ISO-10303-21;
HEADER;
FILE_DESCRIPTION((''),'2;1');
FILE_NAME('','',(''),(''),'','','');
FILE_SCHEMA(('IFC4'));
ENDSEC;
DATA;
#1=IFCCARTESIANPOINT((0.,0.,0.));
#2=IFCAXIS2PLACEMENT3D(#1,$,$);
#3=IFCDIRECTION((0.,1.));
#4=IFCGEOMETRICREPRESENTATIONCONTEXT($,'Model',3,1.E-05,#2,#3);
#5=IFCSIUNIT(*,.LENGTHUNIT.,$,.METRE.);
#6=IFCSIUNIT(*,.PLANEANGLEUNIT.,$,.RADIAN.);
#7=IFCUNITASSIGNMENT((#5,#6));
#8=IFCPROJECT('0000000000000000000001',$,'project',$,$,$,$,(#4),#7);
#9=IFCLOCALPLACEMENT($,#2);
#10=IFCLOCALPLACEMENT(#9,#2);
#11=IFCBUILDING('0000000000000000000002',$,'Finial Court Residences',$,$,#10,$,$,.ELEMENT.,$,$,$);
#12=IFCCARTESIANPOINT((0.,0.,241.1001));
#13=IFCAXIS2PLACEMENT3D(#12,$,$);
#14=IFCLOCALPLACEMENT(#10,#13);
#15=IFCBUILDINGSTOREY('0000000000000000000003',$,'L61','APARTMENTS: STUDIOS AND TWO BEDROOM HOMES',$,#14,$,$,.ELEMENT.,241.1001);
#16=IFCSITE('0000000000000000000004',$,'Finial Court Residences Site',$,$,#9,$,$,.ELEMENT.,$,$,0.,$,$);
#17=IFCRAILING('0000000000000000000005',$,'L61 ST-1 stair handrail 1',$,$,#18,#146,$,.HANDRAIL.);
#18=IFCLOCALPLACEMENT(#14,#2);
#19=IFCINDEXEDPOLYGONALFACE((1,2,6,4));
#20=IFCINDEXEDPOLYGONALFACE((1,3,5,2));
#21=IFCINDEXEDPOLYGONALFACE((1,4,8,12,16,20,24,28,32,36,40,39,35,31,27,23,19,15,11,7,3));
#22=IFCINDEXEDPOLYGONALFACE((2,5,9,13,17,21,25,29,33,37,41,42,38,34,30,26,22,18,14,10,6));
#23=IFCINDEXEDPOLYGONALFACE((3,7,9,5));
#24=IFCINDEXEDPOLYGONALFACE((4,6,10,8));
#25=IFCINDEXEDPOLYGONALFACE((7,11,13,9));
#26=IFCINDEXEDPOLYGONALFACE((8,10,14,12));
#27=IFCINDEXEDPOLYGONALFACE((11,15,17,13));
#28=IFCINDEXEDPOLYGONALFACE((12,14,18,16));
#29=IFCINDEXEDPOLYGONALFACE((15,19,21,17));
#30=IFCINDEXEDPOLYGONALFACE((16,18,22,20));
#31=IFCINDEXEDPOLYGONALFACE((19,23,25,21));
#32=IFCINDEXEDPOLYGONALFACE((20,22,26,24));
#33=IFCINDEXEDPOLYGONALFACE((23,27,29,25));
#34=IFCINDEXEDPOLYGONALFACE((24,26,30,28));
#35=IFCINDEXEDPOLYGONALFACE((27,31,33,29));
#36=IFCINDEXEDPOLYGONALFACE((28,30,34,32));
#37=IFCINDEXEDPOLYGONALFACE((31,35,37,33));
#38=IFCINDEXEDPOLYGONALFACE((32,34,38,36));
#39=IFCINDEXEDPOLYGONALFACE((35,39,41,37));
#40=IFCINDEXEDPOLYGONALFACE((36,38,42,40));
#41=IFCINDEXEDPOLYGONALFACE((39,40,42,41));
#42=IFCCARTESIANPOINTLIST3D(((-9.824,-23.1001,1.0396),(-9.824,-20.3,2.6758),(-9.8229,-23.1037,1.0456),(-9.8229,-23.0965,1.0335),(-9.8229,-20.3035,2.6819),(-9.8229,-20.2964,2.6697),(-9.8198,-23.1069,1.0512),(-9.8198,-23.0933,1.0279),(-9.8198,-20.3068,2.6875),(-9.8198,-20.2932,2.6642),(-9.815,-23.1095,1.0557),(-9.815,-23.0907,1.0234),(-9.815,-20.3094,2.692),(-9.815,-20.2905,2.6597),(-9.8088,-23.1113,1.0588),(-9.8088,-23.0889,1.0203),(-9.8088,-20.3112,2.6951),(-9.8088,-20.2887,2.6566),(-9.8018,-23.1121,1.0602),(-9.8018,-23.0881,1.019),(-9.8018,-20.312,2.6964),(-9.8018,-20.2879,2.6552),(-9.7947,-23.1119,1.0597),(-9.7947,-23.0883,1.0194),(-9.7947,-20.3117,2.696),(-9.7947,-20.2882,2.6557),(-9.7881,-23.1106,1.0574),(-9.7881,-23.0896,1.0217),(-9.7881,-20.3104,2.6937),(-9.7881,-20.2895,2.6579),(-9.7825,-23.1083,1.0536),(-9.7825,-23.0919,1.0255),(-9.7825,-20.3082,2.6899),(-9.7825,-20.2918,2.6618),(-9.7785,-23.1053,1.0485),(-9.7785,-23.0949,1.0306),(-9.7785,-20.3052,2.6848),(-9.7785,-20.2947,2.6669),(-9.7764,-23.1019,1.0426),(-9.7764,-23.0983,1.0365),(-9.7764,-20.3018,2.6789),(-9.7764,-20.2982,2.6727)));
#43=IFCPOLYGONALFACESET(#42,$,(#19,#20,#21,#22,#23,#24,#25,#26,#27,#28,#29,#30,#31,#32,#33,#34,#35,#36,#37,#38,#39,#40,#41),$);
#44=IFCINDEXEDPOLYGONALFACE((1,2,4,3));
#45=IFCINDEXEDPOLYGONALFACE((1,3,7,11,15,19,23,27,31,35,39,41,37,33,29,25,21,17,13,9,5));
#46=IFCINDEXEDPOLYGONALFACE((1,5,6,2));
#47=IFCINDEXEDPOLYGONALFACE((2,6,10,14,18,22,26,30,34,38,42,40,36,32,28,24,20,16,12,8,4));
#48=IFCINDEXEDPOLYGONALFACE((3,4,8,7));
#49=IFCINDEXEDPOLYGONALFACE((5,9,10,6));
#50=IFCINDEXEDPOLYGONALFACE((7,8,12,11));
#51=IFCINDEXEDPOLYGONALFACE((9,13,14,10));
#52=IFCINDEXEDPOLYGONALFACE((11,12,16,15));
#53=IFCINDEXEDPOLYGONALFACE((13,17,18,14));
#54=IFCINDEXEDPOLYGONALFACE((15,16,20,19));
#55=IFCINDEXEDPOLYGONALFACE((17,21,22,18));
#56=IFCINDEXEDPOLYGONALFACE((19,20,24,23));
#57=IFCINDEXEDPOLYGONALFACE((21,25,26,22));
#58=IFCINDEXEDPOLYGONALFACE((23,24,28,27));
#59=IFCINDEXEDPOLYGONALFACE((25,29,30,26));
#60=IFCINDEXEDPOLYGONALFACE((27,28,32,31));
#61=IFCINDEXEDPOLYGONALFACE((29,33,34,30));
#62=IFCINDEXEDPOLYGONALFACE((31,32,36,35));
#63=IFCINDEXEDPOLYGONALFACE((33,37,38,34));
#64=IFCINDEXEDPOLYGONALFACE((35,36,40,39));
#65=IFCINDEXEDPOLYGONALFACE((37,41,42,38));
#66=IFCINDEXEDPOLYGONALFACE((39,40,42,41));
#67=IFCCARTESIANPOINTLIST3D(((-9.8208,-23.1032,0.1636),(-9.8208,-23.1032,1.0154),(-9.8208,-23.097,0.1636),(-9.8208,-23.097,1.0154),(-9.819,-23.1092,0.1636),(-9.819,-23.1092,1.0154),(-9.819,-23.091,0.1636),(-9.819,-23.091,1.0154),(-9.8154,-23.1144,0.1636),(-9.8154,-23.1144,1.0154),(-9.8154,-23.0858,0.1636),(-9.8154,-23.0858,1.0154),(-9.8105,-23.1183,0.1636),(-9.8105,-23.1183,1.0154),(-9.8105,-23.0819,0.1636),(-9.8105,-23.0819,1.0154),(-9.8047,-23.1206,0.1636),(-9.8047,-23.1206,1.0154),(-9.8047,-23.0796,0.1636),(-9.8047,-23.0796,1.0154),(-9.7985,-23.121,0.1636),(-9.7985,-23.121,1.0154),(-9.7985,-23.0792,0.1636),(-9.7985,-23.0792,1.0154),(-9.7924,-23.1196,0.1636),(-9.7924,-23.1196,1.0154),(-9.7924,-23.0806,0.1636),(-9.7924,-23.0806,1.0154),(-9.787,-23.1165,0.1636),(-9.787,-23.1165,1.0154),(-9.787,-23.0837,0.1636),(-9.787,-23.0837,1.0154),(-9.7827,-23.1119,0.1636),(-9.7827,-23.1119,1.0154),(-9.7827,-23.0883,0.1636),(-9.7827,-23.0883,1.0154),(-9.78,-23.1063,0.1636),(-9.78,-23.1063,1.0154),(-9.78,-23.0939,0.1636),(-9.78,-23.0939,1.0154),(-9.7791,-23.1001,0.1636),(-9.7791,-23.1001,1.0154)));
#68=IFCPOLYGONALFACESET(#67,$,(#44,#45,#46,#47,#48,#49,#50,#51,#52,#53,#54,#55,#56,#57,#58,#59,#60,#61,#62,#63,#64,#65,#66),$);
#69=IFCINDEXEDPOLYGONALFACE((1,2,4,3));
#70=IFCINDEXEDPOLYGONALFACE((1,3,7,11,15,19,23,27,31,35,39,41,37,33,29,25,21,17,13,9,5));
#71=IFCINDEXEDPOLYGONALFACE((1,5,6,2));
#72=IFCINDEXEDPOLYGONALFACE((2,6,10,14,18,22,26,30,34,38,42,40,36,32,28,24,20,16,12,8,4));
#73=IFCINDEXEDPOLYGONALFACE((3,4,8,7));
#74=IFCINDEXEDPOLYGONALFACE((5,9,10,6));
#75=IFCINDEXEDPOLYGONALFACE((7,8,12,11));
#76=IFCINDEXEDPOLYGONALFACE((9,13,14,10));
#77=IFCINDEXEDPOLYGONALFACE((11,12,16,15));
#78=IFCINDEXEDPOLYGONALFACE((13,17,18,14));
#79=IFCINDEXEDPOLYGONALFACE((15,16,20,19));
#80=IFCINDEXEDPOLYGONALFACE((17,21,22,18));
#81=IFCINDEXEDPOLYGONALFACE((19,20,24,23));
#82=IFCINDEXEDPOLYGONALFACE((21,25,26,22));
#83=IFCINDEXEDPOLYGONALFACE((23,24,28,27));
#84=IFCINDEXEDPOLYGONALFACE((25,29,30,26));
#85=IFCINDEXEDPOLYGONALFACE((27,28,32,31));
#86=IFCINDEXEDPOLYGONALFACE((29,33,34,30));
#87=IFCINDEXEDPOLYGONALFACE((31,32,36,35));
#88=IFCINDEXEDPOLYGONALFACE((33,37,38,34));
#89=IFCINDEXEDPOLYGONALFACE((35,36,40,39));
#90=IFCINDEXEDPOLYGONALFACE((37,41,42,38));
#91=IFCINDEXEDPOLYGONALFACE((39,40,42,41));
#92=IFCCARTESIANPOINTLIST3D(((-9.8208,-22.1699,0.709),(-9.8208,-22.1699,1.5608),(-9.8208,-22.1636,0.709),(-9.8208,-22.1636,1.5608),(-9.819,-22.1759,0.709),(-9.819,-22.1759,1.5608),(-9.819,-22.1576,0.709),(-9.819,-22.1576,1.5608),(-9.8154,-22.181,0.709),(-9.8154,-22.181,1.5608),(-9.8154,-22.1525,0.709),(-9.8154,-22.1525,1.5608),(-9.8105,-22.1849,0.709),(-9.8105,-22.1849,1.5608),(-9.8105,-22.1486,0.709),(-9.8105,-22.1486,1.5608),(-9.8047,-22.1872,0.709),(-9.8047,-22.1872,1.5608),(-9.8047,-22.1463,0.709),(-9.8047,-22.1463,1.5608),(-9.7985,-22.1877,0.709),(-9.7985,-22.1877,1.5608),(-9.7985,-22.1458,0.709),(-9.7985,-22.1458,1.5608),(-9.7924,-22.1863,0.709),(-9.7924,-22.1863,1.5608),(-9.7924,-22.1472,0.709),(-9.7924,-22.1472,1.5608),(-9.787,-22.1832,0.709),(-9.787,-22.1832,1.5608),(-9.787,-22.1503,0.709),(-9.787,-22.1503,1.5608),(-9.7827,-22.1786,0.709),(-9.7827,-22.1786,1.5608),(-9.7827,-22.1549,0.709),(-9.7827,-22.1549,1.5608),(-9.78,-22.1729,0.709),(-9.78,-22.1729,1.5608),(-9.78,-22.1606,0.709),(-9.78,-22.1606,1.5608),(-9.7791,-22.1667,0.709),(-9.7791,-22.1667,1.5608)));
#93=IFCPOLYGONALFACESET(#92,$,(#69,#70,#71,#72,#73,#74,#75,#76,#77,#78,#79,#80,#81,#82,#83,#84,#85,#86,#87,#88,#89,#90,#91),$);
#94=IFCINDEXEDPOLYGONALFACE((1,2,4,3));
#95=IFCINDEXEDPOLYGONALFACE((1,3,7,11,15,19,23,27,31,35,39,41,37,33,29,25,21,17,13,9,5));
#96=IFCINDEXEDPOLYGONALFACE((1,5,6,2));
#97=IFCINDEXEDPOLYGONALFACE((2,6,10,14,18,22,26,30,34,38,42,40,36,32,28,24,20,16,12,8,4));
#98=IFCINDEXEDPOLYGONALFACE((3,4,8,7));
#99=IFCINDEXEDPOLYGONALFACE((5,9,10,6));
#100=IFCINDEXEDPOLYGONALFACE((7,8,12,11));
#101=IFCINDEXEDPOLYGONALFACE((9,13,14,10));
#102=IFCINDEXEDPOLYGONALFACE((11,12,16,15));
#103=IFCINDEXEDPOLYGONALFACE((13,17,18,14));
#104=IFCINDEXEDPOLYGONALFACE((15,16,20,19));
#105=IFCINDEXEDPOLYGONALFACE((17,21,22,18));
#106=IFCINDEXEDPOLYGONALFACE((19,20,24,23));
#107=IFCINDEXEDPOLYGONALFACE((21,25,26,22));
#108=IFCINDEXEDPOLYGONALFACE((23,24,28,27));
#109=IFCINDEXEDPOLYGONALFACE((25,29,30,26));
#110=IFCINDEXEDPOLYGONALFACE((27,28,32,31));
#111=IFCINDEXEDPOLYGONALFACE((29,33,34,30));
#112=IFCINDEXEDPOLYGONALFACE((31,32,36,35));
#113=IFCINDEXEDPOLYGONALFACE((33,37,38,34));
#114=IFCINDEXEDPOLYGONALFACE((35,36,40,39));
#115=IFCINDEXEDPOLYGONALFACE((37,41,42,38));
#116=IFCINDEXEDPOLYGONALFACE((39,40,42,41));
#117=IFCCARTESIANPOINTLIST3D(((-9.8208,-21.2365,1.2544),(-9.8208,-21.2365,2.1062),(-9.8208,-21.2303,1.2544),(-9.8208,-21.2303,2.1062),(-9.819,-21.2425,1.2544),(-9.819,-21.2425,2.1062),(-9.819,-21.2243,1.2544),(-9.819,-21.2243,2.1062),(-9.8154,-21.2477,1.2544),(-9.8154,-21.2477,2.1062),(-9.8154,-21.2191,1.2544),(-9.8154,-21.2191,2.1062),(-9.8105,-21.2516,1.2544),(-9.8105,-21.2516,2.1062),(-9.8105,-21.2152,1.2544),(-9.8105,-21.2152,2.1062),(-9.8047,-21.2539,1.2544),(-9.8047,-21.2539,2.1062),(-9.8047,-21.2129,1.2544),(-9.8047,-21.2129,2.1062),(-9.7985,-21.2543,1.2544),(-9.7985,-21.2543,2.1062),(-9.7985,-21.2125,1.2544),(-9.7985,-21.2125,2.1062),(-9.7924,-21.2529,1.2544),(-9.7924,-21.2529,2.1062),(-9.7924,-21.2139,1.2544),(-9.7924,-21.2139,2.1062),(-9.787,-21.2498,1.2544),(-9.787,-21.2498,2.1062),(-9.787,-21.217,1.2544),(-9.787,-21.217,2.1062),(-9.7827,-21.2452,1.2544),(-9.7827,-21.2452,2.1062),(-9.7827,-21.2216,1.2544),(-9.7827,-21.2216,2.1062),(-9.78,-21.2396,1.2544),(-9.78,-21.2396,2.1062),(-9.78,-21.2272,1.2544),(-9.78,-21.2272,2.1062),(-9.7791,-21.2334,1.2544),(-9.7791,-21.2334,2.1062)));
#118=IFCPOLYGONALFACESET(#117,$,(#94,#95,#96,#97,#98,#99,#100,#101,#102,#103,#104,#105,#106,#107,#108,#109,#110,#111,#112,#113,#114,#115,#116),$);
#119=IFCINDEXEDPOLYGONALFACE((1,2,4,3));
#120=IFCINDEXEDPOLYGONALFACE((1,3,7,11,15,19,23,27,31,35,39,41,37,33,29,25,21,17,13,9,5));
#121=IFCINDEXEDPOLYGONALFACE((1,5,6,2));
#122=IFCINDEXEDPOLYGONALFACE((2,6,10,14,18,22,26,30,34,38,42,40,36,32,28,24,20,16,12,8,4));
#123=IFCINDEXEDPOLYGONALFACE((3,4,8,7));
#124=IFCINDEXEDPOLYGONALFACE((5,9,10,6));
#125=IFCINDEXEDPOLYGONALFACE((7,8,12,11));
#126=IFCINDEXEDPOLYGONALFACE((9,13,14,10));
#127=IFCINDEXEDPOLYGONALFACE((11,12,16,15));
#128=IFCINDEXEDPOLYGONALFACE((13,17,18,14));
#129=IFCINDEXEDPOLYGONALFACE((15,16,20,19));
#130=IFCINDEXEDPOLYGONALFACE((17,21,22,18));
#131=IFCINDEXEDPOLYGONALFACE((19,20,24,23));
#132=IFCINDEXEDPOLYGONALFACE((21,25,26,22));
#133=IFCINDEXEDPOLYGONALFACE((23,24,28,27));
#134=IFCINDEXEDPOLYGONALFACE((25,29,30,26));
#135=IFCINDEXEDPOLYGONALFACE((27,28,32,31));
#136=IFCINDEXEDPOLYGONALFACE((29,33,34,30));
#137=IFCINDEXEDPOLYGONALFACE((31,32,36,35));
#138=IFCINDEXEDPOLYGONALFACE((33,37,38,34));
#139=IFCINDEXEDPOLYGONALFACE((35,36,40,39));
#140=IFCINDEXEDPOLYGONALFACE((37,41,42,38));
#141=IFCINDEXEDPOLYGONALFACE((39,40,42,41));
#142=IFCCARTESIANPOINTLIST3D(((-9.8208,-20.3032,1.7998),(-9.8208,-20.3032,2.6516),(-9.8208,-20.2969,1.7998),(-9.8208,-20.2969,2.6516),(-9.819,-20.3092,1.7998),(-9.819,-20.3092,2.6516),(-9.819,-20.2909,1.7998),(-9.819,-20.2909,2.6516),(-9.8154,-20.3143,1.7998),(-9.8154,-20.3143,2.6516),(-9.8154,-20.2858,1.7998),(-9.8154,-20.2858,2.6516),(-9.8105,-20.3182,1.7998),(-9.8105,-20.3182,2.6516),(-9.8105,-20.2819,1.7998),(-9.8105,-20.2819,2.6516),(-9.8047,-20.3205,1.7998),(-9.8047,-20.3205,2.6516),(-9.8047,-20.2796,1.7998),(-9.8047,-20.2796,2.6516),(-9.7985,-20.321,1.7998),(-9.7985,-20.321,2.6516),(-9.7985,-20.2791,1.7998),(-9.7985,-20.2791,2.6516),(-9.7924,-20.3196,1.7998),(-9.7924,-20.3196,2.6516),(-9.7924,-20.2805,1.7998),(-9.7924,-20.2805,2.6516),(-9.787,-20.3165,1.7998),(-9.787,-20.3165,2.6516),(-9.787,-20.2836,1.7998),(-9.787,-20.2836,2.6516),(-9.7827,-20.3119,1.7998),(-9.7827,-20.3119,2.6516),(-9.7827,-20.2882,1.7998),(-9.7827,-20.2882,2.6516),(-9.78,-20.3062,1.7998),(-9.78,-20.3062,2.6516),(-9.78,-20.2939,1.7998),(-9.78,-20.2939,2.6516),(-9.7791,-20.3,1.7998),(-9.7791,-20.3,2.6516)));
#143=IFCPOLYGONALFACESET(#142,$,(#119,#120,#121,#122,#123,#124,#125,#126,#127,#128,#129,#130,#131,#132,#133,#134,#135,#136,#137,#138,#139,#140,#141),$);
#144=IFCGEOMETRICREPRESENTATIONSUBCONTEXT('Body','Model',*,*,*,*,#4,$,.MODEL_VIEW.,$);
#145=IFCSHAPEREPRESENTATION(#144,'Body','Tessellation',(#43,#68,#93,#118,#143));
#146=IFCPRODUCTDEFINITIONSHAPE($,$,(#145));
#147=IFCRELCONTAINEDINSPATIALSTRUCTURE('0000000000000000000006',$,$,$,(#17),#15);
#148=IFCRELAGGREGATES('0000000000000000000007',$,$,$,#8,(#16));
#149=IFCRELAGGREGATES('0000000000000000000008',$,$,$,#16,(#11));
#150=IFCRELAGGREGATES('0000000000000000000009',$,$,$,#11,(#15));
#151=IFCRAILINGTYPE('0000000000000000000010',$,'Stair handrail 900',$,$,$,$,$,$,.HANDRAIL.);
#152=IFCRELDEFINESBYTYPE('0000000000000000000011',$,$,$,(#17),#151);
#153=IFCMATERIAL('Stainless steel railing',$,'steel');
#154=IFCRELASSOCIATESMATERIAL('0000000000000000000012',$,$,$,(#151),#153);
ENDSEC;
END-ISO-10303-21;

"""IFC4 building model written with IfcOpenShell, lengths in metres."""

from ifc_helpers import new_model, si_unit, direction, frame, origin, origin_2d, place, context, subcontext, project, spatial, circle, extrude, material, type_object, element, save


model = new_model("IFC4")

# Units and contexts
model_context = context("Model", 3, precision=1e-05, world=origin(), true_north=direction((0.0, 1.0)))
body_context = subcontext(model_context, "Body", "Model", "MODEL_VIEW")
ifc_project = project(units=[si_unit("LENGTHUNIT", "METRE"), si_unit("PLANEANGLEUNIT", "RADIAN")], contexts=[model_context])

# Site, building, storey
site_placement = place(None, origin())
site = spatial("IfcSite", under=ifc_project, at=site_placement, Name="Finial Court Residences Site", CompositionType="ELEMENT", RefElevation=0.0)
building_placement = place(site_placement, origin())
building = spatial("IfcBuilding", under=site, at=building_placement, Name="Finial Court Residences", CompositionType="ELEMENT")
storey_placement = place(building_placement, frame((0.0, 0.0, 241.1001)))
storey = spatial("IfcBuildingStorey", under=building, at=storey_placement, Name="L61", Description="APARTMENTS: STUDIOS AND TWO BEDROOM HOMES", CompositionType="ELEMENT", Elevation=241.1001)

# Railing
ifc_material_1 = material(Name="Stainless steel railing", Category="steel")
railing_type_1 = type_object("IfcRailingType", Name="Stair handrail 900", PredefinedType="HANDRAIL", material=ifc_material_1)
railing_1_placement = place(storey_placement, frame((-9.8, -23.1001, 0.1636)))
element("IfcRailing", 1, at=railing_1_placement, inside=storey, type_object=railing_type_1, Name="L61 ST-1 stair handrail 1", PredefinedType="HANDRAIL", context=body_context, shape_type="SweptSolid", body=[
    extrude(circle(Radius=0.0239, at=origin_2d()), frame((0.0, 0.0, 0.876), z_axis=(0.0, 0.863394, 0.504531), x_axis=(-1.0, 0.0, 0.0)), (0.0, 0.0, 1.0), 3.2432),
    extrude(circle(Radius=0.021, at=origin_2d()), origin(), (0.0, 0.0, 1.0), 0.8518),
    extrude(circle(Radius=0.021, at=origin_2d()), frame((0.0, 0.9333, 0.5454)), (0.0, 0.0, 1.0), 0.8518),
    extrude(circle(Radius=0.021, at=origin_2d()), frame((0.0, 1.8667, 1.0908)), (0.0, 0.0, 1.0), 0.8518),
    extrude(circle(Radius=0.021, at=origin_2d()), frame((0.0, 2.8, 1.6362)), (0.0, 0.0, 1.0), 0.8518),
])

save(model, "model.ifc")
